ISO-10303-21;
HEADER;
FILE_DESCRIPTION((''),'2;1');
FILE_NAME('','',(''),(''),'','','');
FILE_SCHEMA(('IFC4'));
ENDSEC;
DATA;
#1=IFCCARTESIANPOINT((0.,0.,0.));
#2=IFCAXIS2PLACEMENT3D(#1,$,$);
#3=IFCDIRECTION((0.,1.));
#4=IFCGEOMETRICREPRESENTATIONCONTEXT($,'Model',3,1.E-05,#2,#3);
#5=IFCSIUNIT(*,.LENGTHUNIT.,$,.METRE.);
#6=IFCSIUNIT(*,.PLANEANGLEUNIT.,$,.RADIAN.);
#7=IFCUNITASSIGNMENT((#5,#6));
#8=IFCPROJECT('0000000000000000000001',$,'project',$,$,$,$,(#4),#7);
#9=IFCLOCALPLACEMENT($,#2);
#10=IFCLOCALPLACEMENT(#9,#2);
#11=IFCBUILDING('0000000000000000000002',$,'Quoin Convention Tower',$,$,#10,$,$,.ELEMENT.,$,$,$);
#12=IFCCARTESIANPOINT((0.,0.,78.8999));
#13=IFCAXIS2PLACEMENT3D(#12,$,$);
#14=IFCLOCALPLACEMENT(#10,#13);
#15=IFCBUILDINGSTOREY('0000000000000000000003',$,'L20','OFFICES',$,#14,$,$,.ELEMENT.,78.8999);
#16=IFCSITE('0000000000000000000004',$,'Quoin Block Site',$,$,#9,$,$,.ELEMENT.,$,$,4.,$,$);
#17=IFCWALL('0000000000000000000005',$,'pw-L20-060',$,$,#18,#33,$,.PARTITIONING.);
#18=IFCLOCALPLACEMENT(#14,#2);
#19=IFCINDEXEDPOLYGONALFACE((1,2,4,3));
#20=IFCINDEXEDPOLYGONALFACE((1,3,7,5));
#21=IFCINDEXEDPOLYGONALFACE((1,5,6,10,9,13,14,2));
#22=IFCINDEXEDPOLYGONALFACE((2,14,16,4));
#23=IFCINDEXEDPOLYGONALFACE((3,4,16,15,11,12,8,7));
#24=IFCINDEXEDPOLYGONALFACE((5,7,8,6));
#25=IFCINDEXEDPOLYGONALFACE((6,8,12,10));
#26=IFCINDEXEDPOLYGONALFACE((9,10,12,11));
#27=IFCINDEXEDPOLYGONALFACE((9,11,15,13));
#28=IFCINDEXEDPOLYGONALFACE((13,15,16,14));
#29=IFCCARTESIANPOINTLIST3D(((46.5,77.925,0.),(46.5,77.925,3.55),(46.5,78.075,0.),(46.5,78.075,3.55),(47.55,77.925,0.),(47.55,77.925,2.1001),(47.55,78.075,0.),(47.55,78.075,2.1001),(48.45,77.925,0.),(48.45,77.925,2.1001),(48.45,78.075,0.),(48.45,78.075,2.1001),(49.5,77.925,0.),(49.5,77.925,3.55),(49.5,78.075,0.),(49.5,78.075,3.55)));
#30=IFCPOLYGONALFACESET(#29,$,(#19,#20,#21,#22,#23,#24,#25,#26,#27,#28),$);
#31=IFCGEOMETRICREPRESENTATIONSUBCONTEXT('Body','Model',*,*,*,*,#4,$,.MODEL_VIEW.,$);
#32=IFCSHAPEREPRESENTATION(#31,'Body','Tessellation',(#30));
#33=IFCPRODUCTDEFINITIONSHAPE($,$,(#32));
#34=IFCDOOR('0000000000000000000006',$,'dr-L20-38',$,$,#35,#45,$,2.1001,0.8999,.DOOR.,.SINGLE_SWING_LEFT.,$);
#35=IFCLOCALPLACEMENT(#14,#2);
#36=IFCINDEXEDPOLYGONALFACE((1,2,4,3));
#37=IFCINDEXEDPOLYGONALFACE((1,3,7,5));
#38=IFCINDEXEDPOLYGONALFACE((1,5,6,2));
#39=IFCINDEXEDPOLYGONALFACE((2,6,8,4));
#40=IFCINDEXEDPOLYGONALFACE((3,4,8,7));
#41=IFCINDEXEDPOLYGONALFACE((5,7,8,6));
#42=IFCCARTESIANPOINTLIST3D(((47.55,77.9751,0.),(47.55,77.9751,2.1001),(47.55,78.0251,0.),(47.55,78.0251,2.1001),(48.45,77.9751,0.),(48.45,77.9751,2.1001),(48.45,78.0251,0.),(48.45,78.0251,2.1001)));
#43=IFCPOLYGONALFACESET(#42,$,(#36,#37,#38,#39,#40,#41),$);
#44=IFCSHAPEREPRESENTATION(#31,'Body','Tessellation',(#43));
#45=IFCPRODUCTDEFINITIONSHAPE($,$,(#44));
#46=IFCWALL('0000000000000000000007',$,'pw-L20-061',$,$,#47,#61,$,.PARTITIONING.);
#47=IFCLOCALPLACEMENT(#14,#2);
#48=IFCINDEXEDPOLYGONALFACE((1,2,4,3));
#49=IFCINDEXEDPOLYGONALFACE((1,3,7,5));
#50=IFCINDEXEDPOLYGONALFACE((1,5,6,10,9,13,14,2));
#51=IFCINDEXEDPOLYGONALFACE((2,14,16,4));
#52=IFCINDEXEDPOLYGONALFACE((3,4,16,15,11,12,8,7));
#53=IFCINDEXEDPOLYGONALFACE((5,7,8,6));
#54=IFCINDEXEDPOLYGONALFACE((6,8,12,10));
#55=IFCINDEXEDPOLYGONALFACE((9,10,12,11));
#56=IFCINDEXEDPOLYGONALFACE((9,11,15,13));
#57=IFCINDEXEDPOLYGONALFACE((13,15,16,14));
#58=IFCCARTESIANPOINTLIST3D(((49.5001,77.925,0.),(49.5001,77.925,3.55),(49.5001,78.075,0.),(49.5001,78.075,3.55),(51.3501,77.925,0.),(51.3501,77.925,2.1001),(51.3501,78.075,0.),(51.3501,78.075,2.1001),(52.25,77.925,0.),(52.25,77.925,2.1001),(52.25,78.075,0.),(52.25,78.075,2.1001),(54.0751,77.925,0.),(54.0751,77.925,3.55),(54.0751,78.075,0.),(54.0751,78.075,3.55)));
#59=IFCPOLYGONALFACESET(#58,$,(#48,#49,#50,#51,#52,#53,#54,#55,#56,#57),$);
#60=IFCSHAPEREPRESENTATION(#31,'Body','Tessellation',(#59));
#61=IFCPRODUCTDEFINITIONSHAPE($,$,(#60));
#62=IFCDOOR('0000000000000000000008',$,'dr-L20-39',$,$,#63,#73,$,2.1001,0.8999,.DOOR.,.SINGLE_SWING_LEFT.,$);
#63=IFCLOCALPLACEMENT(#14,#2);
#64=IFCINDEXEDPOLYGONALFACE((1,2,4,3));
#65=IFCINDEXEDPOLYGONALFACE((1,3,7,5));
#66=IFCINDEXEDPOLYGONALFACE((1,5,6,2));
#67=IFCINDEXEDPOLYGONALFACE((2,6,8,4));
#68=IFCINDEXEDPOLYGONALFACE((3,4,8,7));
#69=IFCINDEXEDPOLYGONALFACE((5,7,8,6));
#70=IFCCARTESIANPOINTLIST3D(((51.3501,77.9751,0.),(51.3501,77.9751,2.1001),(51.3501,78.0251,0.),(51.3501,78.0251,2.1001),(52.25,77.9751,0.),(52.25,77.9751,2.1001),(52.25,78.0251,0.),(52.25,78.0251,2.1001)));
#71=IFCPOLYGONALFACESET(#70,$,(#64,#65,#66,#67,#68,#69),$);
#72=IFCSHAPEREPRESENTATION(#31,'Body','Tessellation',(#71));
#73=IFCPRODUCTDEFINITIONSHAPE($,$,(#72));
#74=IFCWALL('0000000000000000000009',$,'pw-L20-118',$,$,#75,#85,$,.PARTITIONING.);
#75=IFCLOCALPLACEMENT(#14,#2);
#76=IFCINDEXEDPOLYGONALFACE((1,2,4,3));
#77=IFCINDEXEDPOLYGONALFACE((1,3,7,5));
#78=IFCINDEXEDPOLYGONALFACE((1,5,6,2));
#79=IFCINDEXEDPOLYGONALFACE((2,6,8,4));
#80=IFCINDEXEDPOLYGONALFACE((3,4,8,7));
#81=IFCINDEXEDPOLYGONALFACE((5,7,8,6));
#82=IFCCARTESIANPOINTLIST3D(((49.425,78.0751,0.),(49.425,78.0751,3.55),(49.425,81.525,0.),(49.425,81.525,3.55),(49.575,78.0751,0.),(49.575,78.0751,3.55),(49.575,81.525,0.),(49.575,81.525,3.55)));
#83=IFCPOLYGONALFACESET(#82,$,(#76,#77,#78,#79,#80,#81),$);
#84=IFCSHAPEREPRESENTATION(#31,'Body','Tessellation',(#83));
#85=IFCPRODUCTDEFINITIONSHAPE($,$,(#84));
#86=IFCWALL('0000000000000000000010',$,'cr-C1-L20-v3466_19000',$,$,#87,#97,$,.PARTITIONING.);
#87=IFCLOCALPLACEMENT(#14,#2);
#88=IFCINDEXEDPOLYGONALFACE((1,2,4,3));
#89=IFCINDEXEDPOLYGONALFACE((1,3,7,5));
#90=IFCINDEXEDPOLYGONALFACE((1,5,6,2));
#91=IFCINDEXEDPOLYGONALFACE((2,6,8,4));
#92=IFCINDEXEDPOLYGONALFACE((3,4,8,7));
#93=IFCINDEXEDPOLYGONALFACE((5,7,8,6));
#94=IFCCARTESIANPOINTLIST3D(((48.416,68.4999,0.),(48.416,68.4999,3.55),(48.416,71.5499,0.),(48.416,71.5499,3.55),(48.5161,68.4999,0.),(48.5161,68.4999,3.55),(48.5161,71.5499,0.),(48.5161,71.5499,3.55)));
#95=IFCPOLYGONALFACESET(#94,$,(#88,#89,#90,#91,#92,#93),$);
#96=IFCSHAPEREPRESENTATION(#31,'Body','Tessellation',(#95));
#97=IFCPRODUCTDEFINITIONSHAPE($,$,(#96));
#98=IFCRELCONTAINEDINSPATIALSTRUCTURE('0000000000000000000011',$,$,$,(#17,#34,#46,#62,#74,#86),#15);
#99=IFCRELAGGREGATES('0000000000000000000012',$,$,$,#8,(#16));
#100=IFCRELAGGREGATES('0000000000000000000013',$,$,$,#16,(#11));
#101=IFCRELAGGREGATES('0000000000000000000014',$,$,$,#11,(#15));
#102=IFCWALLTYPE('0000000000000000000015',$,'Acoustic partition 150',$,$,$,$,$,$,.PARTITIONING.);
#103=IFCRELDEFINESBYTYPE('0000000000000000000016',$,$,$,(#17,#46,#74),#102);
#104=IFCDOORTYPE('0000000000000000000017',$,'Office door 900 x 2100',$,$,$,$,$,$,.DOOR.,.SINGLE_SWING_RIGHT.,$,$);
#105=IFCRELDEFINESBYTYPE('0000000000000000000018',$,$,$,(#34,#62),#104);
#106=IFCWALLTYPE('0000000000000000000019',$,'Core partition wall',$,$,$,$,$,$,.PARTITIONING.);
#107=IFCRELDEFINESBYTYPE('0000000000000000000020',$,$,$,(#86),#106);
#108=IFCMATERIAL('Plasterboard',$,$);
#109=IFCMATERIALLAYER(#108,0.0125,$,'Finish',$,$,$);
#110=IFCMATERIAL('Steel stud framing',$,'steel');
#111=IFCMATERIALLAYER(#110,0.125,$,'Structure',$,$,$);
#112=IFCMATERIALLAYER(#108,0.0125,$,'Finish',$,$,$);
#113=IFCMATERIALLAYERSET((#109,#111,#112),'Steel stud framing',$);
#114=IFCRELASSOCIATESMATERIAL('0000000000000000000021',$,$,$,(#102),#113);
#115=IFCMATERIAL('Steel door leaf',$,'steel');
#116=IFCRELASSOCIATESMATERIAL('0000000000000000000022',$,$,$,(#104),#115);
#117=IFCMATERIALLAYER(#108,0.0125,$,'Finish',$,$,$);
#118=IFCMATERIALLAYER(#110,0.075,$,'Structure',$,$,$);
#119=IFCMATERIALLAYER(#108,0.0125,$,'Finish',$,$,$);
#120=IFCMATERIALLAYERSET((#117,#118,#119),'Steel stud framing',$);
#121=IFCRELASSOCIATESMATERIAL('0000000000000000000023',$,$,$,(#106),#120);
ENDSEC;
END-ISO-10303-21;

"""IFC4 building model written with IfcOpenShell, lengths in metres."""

from ifc_helpers import new_model, si_unit, direction, frame, frame_2d, origin, place, context, subcontext, project, spatial, rectangle, extrude, material, layer, layer_set, type_object, element, fill, save


model = new_model("IFC4")

# Units and contexts
model_context = context("Model", 3, precision=1e-05, world=origin(), true_north=direction((0.0, 1.0)))
body_context = subcontext(model_context, "Body", "Model", "MODEL_VIEW")
ifc_project = project(units=[si_unit("LENGTHUNIT", "METRE"), si_unit("PLANEANGLEUNIT", "RADIAN")], contexts=[model_context])

# Site, building, storey
site_placement = place(None, origin())
site = spatial("IfcSite", under=ifc_project, at=site_placement, Name="Quoin Block Site", CompositionType="ELEMENT", RefElevation=4.0)
building_placement = place(site_placement, origin())
building = spatial("IfcBuilding", under=site, at=building_placement, Name="Quoin Convention Tower", CompositionType="ELEMENT")
storey_placement = place(building_placement, frame((0.0, 0.0, 78.8999)))
storey = spatial("IfcBuildingStorey", under=building, at=storey_placement, Name="L20", Description="OFFICES", CompositionType="ELEMENT", Elevation=78.8999)

# Walls, openings, doors
ifc_material_1 = material(Name="Plasterboard")
ifc_layer_1 = layer(ifc_material_1, 0.0125, Name="Finish")
ifc_material_2 = material(Name="Steel stud framing", Category="steel")
ifc_layer_2 = layer(ifc_material_2, 0.125, Name="Structure")
ifc_layer_3 = layer(ifc_material_1, 0.0125, Name="Finish")
ifc_layer_set_1 = layer_set([ifc_layer_1, ifc_layer_2, ifc_layer_3], Name="Steel stud framing")
wall_type_1 = type_object("IfcWallType", Name="Acoustic partition 150", PredefinedType="PARTITIONING", material=ifc_layer_set_1)
wall_1_placement = place(storey_placement, frame((46.5, 78.0, 0.0), z_axis=(0.0, 0.0, 1.0), x_axis=(1.0, 0.0, 0.0)))
wall_1 = element("IfcWall", 1, at=wall_1_placement, inside=storey, type_object=wall_type_1, Name="pw-L20-060", PredefinedType="PARTITIONING", context=body_context, shape_type="SweptSolid", body=[
    extrude(rectangle(XDim=3.0, YDim=0.1499, at=frame_2d((1.5, 0.0))), origin(), (0.0, 0.0, 1.0), 3.55),
])
opening_1_placement = place(wall_1_placement, frame((1.05, 0.0, 0.0)))
opening_1 = element("IfcOpeningElement", 2, at=opening_1_placement, cuts=wall_1, PredefinedType="OPENING", context=body_context, shape_type="SweptSolid", body=[
    extrude(rectangle(XDim=0.8999, YDim=2.1001, at=frame_2d((0.45, 1.05))), frame((0.0, 0.085, 0.0), z_axis=(0.0, -1.0, 0.0), x_axis=(1.0, 0.0, 0.0)), (0.0, 0.0, 1.0), 0.1699),
])
ifc_material_3 = material(Name="Steel door leaf", Category="steel")
door_type_1 = type_object("IfcDoorType", Name="Office door 900 x 2100", OperationType="SINGLE_SWING_RIGHT", PredefinedType="DOOR", material=ifc_material_3)
door_1_placement = place(opening_1_placement, frame((0.8999, 0.0, 0.0), z_axis=(0.0, 0.0, 1.0), x_axis=(-1.0, 0.0, 0.0)))
door_1 = element("IfcDoor", 3, at=door_1_placement, inside=storey, type_object=door_type_1, Name="dr-L20-38", OperationType="SINGLE_SWING_LEFT", OverallHeight=2.1001, OverallWidth=0.8999, PredefinedType="DOOR", context=body_context, shape_type="SweptSolid", body=[
    extrude(rectangle(XDim=0.8999, YDim=2.1001, at=frame_2d((0.45, 1.05))), frame((0.0, 0.0249, 0.0), z_axis=(0.0, -1.0, 0.0), x_axis=(1.0, 0.0, 0.0)), (0.0, 0.0, 1.0), 0.05),
])
fill(opening_1, door_1)
wall_2_placement = place(storey_placement, frame((49.5, 78.0, 0.0), z_axis=(0.0, 0.0, 1.0), x_axis=(1.0, 0.0, 0.0)))
wall_2 = element("IfcWall", 4, at=wall_2_placement, inside=storey, type_object=wall_type_1, Name="pw-L20-061", PredefinedType="PARTITIONING", context=body_context, shape_type="SweptSolid", body=[
    extrude(rectangle(XDim=4.575, YDim=0.1499, at=frame_2d((2.2876, 0.0))), origin(), (0.0, 0.0, 1.0), 3.55),
])
opening_2_placement = place(wall_2_placement, frame((1.8501, 0.0, 0.0)))
opening_2 = element("IfcOpeningElement", 5, at=opening_2_placement, cuts=wall_2, PredefinedType="OPENING", context=body_context, shape_type="SweptSolid", body=[
    extrude(rectangle(XDim=0.8999, YDim=2.1001, at=frame_2d((0.45, 1.05))), frame((0.0, 0.085, 0.0), z_axis=(0.0, -1.0, 0.0), x_axis=(1.0, 0.0, 0.0)), (0.0, 0.0, 1.0), 0.1699),
])
door_2_placement = place(opening_2_placement, frame((0.8999, 0.0, 0.0), z_axis=(0.0, 0.0, 1.0), x_axis=(-1.0, 0.0, 0.0)))
door_2 = element("IfcDoor", 6, at=door_2_placement, inside=storey, type_object=door_type_1, Name="dr-L20-39", OperationType="SINGLE_SWING_LEFT", OverallHeight=2.1001, OverallWidth=0.8999, PredefinedType="DOOR", context=body_context, shape_type="SweptSolid", body=[
    extrude(rectangle(XDim=0.8999, YDim=2.1001, at=frame_2d((0.45, 1.05))), frame((0.0, 0.0249, 0.0), z_axis=(0.0, -1.0, 0.0), x_axis=(1.0, 0.0, 0.0)), (0.0, 0.0, 1.0), 0.05),
])
fill(opening_2, door_2)

# Walls
wall_3_placement = place(storey_placement, frame((49.5, 78.075, 0.0), z_axis=(0.0, 0.0, 1.0), x_axis=(0.0, 1.0, 0.0)))
element("IfcWall", 7, at=wall_3_placement, inside=storey, type_object=wall_type_1, Name="pw-L20-118", PredefinedType="PARTITIONING", context=body_context, shape_type="SweptSolid", body=[
    extrude(rectangle(XDim=3.45, YDim=0.1499, at=frame_2d((1.7251, 0.0))), origin(), (0.0, 0.0, 1.0), 3.55),
])
ifc_layer_4 = layer(ifc_material_1, 0.0125, Name="Finish")
ifc_layer_5 = layer(ifc_material_2, 0.075, Name="Structure")
ifc_layer_6 = layer(ifc_material_1, 0.0125, Name="Finish")
ifc_layer_set_2 = layer_set([ifc_layer_4, ifc_layer_5, ifc_layer_6], Name="Steel stud framing")
wall_type_2 = type_object("IfcWallType", Name="Core partition wall", PredefinedType="PARTITIONING", material=ifc_layer_set_2)
wall_4_placement = place(storey_placement, frame((48.4661, 68.5, 0.0), z_axis=(0.0, 0.0, 1.0), x_axis=(0.0, 1.0, 0.0)))
element("IfcWall", 8, at=wall_4_placement, inside=storey, type_object=wall_type_2, Name="cr-C1-L20-v3466_19000", PredefinedType="PARTITIONING", context=body_context, shape_type="SweptSolid", body=[
    extrude(rectangle(XDim=3.05, YDim=0.1001, at=frame_2d((1.5249, 0.0))), origin(), (0.0, 0.0, 1.0), 3.55),
])

save(model, "model.ifc")
